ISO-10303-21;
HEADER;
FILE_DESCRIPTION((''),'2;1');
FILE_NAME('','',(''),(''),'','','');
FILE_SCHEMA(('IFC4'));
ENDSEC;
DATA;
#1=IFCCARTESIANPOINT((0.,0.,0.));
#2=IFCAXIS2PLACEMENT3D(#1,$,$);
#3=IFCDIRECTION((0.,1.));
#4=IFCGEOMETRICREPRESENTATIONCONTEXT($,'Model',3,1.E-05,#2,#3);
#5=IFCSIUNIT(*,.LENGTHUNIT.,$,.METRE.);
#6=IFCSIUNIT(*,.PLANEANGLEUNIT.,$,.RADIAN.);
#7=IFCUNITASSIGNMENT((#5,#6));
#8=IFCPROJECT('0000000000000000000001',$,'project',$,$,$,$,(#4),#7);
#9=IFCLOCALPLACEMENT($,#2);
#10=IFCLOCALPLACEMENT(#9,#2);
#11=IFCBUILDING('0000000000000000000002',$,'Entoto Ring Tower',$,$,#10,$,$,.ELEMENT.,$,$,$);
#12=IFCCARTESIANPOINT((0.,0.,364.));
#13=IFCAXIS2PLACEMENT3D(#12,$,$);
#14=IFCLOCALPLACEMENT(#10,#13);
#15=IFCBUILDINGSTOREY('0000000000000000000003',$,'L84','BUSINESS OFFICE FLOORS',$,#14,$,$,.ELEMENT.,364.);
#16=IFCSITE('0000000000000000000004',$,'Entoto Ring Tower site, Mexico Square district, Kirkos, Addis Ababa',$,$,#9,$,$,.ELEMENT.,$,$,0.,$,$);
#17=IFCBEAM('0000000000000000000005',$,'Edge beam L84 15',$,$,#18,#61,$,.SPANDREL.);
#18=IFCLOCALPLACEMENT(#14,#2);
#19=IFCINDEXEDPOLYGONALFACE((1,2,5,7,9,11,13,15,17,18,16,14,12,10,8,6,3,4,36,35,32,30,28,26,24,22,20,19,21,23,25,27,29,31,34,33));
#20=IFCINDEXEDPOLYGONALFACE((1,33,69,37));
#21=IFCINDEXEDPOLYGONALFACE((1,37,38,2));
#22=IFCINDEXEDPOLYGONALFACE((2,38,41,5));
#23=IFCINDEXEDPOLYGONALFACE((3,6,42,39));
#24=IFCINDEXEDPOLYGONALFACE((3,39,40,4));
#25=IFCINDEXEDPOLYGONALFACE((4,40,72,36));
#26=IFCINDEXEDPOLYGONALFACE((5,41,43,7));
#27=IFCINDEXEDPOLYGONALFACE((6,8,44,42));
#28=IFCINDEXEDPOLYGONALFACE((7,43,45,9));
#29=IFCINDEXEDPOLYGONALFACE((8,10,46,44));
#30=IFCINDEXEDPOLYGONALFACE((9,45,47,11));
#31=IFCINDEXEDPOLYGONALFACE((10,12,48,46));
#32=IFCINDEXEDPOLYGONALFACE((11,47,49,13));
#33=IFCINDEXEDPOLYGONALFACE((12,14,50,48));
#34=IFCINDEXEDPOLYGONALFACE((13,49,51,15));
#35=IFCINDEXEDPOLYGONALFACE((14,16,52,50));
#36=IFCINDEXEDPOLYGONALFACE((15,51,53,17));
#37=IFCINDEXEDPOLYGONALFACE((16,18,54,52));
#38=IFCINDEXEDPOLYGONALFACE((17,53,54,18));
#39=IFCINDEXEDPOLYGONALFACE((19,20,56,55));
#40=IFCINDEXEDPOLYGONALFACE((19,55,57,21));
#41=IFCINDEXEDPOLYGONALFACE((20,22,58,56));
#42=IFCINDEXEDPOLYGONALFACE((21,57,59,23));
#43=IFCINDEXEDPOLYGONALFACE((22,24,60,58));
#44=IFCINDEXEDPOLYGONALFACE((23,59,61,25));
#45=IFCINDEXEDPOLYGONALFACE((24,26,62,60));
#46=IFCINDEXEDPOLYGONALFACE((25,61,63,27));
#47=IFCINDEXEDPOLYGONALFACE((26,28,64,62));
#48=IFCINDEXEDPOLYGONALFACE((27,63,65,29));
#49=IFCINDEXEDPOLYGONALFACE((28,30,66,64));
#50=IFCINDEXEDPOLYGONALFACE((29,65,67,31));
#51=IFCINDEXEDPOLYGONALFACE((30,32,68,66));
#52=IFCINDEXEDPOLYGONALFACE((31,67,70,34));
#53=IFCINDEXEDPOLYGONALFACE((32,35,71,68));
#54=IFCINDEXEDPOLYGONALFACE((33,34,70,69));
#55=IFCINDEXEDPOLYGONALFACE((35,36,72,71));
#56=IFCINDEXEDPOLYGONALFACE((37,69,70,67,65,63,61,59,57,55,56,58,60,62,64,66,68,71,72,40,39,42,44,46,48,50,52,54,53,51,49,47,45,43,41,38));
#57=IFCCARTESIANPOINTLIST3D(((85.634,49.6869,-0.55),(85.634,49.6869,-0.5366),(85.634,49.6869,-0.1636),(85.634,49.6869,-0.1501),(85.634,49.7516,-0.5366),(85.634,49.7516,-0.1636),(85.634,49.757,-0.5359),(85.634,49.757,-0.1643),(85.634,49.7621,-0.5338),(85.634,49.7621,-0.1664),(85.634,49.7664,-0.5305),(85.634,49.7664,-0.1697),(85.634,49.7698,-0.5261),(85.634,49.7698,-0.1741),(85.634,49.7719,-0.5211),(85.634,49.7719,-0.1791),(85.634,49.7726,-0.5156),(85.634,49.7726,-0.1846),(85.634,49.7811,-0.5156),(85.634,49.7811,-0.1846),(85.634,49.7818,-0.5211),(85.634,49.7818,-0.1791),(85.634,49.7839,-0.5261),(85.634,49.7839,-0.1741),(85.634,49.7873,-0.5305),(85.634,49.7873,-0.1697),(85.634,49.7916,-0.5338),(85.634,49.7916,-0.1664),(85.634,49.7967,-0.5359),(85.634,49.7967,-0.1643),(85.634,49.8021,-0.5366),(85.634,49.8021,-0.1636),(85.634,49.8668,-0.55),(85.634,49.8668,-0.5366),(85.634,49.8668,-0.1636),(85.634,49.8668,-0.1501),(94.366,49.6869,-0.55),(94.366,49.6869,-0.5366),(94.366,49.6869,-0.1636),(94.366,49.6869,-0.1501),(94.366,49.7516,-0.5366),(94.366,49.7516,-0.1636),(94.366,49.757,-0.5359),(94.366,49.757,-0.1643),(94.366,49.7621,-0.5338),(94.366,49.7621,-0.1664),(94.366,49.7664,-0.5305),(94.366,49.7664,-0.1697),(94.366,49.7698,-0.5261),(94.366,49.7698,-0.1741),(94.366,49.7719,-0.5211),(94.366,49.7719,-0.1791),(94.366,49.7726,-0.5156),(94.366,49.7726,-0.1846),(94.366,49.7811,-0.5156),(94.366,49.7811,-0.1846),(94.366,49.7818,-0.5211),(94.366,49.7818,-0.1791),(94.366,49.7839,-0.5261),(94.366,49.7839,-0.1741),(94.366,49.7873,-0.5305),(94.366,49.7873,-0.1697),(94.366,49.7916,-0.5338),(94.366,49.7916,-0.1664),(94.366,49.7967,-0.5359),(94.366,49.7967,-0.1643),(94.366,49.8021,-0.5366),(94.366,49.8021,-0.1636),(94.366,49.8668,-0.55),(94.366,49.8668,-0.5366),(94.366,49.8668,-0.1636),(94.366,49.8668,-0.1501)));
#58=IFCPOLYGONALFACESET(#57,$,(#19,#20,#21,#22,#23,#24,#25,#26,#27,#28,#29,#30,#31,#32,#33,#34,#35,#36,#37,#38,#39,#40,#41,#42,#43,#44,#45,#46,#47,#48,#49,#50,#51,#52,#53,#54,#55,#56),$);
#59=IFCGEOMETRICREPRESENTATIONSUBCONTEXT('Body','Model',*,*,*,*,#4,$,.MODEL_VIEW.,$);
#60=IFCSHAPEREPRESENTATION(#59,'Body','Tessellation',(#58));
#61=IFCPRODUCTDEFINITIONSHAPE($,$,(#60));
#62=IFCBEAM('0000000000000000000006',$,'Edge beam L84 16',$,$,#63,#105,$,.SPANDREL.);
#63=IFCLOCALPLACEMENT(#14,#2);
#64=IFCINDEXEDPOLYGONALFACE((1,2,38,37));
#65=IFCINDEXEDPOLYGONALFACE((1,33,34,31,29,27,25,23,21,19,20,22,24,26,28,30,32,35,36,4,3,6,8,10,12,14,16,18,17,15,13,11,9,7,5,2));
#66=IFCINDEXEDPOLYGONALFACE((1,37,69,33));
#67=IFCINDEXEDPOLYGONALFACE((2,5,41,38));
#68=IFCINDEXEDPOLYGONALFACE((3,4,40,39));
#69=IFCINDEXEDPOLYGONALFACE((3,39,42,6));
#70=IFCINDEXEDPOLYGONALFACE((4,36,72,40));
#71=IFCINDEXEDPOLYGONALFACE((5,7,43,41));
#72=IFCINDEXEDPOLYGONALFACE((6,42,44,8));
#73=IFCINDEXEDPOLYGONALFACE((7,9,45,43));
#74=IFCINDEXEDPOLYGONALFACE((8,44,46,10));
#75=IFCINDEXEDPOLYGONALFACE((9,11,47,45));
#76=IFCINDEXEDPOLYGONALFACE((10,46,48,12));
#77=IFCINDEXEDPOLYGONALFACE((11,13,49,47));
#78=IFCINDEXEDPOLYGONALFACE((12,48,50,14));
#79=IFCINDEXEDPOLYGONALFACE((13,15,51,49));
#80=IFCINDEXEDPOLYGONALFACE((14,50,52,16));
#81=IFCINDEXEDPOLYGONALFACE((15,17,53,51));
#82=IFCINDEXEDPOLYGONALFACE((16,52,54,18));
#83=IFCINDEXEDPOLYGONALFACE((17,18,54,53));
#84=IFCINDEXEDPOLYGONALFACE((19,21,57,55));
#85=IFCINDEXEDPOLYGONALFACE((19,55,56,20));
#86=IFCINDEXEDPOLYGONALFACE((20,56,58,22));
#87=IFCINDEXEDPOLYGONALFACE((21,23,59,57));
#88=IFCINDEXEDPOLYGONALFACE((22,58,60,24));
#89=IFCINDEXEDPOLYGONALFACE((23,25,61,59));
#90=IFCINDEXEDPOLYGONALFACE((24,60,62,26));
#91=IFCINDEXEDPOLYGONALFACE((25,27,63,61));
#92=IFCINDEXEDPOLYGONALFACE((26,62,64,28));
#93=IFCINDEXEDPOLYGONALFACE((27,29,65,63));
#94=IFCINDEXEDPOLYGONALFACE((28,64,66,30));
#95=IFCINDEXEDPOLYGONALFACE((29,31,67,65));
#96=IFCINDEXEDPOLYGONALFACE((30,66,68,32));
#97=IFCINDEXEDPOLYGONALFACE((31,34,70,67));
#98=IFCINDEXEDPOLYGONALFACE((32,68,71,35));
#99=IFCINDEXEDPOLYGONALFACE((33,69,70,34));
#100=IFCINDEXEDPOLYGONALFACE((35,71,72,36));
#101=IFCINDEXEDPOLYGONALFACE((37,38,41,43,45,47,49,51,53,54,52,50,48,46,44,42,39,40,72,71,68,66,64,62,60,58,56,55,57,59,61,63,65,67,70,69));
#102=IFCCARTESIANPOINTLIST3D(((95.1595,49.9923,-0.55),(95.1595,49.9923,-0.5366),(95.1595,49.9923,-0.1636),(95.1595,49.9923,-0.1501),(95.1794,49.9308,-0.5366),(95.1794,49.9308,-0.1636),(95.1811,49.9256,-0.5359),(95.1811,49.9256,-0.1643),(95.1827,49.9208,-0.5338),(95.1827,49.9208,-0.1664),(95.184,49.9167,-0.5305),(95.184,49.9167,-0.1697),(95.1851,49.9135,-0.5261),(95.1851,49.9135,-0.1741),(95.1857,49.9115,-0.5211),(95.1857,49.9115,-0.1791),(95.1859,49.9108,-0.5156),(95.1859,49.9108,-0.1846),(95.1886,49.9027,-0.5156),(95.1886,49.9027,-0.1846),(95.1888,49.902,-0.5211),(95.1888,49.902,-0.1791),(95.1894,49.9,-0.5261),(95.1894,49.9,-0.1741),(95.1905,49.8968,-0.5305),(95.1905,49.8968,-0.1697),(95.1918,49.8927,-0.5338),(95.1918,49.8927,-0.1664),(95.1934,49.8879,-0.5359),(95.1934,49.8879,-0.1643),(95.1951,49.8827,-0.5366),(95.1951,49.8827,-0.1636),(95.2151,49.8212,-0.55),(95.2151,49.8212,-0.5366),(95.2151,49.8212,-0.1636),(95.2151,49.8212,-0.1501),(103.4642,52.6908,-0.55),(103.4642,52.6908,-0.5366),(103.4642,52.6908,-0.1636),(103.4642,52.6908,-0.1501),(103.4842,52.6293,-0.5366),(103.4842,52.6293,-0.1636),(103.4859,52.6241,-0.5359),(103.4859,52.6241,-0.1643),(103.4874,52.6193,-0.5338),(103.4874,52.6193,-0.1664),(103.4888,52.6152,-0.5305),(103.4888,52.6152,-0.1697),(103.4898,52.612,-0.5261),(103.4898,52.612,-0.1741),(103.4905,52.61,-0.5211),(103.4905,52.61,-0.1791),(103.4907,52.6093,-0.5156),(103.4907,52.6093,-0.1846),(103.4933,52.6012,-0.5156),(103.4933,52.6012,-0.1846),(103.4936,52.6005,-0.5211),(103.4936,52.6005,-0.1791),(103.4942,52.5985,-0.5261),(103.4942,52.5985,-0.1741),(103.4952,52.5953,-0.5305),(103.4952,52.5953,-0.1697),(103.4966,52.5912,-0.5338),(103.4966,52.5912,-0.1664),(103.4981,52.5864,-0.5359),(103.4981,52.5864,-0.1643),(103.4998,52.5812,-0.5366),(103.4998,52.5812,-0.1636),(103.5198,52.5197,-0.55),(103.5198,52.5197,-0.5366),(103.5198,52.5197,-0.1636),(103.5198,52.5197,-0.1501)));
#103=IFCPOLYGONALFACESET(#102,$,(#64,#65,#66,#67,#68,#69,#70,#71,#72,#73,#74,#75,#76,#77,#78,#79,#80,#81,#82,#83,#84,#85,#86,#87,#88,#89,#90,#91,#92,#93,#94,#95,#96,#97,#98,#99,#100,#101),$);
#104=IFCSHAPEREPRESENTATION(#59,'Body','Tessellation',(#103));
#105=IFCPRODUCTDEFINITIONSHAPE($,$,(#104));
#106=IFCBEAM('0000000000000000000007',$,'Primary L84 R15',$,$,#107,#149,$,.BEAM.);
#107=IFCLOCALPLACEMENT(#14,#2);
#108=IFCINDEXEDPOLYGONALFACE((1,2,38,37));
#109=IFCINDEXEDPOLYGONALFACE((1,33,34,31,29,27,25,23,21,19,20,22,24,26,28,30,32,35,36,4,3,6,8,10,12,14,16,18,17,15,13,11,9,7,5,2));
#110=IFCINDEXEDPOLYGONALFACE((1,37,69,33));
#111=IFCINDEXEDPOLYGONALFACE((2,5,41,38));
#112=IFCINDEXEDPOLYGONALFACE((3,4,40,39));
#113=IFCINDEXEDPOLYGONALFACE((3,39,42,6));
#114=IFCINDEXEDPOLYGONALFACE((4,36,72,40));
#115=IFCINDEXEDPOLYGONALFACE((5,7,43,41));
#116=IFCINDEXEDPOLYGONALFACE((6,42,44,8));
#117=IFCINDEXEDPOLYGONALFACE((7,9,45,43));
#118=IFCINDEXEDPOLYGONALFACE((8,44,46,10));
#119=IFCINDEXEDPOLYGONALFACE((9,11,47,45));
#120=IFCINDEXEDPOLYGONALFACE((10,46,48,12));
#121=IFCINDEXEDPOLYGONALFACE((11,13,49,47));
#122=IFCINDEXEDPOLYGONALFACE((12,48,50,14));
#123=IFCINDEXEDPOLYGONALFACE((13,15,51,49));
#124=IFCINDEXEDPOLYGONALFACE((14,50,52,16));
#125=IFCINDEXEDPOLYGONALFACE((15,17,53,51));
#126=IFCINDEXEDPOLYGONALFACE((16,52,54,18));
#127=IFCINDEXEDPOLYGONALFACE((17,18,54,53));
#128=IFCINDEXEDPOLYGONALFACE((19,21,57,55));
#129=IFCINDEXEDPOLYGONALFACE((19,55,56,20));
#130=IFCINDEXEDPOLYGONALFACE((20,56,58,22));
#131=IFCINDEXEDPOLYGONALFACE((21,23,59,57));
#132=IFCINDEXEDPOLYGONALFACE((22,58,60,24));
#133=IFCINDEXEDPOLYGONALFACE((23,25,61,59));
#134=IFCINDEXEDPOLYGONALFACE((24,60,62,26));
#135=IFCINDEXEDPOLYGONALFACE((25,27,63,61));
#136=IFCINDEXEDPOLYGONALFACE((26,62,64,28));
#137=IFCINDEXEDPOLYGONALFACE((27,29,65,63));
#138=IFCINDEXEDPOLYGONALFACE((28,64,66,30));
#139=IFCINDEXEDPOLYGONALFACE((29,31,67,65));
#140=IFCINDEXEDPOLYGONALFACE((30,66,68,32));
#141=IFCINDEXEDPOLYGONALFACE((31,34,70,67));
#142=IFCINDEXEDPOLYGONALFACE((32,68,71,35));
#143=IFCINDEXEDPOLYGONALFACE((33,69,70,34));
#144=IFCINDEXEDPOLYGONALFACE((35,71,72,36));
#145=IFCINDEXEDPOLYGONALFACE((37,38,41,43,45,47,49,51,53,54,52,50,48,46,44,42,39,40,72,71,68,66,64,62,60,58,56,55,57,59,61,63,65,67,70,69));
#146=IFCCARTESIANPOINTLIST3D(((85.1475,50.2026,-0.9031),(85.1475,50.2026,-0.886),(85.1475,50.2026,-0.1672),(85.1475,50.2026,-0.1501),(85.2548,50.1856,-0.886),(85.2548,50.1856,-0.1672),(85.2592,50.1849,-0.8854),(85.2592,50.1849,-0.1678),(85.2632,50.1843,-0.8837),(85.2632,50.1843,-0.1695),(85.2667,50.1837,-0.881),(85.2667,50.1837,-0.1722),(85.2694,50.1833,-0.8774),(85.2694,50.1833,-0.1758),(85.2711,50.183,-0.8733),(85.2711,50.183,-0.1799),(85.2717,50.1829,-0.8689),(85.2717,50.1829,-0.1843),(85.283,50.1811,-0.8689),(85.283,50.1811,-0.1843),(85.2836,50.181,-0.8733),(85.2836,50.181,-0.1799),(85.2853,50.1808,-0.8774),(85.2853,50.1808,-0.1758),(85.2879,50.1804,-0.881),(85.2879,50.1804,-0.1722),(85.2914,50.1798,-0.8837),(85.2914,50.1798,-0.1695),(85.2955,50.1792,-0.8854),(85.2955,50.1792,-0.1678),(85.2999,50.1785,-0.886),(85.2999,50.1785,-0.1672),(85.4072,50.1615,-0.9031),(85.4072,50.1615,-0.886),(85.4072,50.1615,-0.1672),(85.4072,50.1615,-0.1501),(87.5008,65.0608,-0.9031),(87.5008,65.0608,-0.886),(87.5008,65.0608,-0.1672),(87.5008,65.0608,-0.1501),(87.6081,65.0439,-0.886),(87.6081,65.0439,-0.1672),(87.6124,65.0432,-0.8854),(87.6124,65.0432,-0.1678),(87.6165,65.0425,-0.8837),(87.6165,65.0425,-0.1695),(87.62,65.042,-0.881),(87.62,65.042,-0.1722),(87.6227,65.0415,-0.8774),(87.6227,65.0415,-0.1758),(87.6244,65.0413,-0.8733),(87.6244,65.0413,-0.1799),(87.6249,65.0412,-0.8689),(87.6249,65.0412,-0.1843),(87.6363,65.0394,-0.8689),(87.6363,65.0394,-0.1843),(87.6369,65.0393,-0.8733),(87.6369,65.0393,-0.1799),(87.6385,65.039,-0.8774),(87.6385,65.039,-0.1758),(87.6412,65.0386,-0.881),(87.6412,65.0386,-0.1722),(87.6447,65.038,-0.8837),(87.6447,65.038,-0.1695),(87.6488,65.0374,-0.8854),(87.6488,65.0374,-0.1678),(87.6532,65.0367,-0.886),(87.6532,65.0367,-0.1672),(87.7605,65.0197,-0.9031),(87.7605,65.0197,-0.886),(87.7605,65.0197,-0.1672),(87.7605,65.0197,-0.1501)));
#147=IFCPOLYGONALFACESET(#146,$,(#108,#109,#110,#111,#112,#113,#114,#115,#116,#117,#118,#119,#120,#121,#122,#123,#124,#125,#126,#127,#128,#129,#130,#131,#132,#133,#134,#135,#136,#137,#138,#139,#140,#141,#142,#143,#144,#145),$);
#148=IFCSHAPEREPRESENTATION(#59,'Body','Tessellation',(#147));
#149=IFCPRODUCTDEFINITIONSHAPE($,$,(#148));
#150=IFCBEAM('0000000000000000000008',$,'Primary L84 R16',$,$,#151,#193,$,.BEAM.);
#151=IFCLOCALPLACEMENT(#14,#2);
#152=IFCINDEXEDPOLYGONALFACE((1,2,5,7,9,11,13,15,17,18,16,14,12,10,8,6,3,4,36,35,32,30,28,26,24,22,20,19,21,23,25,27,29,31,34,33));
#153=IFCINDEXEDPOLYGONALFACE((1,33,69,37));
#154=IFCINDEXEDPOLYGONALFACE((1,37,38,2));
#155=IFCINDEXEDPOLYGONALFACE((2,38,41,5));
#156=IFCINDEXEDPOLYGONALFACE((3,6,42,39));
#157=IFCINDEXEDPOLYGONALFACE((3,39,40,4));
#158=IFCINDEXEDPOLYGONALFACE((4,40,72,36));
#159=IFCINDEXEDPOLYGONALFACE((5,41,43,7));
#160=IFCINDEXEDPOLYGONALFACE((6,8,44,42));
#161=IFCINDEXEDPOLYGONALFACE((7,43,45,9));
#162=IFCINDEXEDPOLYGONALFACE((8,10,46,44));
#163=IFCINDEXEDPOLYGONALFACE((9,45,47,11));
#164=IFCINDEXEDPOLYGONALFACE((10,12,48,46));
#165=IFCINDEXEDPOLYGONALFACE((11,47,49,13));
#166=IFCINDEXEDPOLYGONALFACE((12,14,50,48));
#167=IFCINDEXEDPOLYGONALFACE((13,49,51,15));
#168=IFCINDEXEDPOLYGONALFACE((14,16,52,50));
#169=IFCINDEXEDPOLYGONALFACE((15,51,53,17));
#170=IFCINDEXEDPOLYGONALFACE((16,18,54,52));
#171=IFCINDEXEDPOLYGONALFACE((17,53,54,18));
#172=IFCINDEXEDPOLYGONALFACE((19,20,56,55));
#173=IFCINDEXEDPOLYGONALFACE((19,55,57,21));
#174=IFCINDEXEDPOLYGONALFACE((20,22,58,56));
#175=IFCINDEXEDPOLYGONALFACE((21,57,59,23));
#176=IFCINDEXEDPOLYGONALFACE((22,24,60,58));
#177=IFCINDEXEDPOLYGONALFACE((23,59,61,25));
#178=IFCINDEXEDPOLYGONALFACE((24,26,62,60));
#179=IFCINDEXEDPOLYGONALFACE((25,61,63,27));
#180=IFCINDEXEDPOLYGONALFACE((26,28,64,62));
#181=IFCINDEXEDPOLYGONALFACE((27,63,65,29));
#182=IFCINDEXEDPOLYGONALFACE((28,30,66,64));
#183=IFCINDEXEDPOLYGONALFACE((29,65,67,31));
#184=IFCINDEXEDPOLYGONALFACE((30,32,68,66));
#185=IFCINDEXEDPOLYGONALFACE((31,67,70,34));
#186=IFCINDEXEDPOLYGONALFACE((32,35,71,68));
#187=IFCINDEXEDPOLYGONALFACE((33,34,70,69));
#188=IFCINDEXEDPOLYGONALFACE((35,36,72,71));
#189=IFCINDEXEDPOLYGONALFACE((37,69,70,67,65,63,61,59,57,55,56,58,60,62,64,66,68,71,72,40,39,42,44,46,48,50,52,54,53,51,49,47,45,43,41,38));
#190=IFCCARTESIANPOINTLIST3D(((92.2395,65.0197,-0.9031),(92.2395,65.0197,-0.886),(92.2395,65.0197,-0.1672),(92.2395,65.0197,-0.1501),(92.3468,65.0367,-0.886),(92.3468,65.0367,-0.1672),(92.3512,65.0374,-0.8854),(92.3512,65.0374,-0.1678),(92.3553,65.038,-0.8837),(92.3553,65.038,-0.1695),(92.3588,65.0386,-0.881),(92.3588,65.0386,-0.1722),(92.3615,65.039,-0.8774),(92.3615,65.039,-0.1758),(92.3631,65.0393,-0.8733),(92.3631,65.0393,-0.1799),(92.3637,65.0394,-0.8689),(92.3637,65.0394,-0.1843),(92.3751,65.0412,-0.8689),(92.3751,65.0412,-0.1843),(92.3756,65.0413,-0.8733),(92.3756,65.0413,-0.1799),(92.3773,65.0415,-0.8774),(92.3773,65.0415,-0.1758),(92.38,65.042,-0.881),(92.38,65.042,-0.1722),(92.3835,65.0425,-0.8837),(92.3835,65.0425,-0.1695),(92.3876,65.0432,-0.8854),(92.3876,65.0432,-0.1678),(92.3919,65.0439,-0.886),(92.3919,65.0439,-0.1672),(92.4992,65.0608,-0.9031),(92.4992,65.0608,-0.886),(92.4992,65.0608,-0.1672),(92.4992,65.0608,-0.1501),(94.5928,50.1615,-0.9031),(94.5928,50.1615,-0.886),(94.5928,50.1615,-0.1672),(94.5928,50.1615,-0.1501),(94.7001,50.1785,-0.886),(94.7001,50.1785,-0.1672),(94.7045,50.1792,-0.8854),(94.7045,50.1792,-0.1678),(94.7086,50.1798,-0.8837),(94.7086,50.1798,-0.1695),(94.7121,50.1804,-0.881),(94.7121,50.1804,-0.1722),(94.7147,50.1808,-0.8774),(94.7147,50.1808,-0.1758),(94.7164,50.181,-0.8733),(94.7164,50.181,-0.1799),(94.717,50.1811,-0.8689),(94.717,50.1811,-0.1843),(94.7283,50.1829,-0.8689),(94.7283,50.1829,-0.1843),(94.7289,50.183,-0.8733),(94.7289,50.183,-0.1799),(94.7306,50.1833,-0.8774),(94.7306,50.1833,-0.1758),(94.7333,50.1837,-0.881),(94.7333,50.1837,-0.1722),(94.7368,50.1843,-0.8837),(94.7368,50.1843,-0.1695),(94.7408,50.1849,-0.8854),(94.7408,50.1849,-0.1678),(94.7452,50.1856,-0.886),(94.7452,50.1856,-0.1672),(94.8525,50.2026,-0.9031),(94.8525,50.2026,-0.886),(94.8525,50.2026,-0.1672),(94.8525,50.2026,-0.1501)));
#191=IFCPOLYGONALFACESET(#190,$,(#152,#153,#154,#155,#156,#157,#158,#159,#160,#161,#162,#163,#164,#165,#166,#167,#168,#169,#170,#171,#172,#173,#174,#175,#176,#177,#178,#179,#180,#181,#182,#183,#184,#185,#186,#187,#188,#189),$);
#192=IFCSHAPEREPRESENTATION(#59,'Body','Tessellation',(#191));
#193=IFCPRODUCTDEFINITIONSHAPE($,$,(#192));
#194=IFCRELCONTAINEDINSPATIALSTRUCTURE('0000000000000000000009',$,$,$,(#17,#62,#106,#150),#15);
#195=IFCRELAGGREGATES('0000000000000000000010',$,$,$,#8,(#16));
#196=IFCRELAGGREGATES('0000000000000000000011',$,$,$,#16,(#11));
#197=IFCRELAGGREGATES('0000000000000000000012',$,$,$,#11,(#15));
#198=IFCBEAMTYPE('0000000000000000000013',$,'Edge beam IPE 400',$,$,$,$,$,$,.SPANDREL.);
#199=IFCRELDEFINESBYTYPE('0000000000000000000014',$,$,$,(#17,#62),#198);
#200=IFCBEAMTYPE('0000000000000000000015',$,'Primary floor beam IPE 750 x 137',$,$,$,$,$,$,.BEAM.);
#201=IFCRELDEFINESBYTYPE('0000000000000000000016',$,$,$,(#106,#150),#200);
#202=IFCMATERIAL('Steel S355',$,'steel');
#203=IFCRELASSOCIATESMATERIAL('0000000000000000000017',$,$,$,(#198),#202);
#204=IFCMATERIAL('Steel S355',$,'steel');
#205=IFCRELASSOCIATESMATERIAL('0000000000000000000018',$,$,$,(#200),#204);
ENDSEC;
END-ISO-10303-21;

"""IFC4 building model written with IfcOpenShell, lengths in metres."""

from ifc_helpers import new_model, si_unit, direction, frame, origin, origin_2d, place, context, subcontext, project, spatial, i_section, extrude, material, material_profile, profile_set, type_object, element, save


model = new_model("IFC4")

# Units and contexts
model_context = context("Model", 3, precision=1e-05, world=origin(), true_north=direction((0.0, 1.0)))
body_context = subcontext(model_context, "Body", "Model", "MODEL_VIEW")
ifc_project = project(units=[si_unit("LENGTHUNIT", "METRE"), si_unit("PLANEANGLEUNIT", "RADIAN")], contexts=[model_context])

# Site, building, storey
site_placement = place(None, origin())
site = spatial("IfcSite", under=ifc_project, at=site_placement, Name="Entoto Ring Tower site, Mexico Square district, Kirkos, Addis Ababa", CompositionType="ELEMENT", RefElevation=0.0)
building_placement = place(site_placement, origin())
building = spatial("IfcBuilding", under=site, at=building_placement, Name="Entoto Ring Tower", CompositionType="ELEMENT")
storey_placement = place(building_placement, frame((0.0, 0.0, 364.0)))
storey = spatial("IfcBuildingStorey", under=building, at=storey_placement, Name="L84", Description="BUSINESS OFFICE FLOORS", CompositionType="ELEMENT", Elevation=364.0)

# Beams
ifc_material_1 = material(Name="Steel S355", Category="steel")
ifc_material_profile_1 = material_profile(ifc_material_1, i_section(OverallWidth=0.1799, OverallDepth=0.3999, WebThickness=0.0085, FlangeThickness=0.0134, FilletRadius=0.021, at=origin_2d()), Name="IPE 400")
ifc_profile_set_1 = profile_set([ifc_material_profile_1], Name="Steel S355")
beam_type_1 = type_object("IfcBeamType", Name="Edge beam IPE 400", PredefinedType="SPANDREL", material=ifc_profile_set_1)
beam_1_placement = place(storey_placement, frame((85.634, 49.7769, -0.3501), z_axis=(1.0, 0.0, 0.0), x_axis=(0.0, 1.0, 0.0)))
element("IfcBeam", 1, at=beam_1_placement, inside=storey, type_object=beam_type_1, Name="Edge beam L84 15", PredefinedType="SPANDREL", context=body_context, shape_type="SweptSolid", body=[
    extrude(i_section(OverallWidth=0.1799, OverallDepth=0.3999, WebThickness=0.0085, FlangeThickness=0.0134, FilletRadius=0.021, at=origin_2d()), origin(), (0.0, 0.0, 1.0), 8.7319),
])
beam_2_placement = place(storey_placement, frame((95.1873, 49.9067, -0.3501), z_axis=(0.951052, 0.30903, 0.0), x_axis=(-0.30903, 0.951052, 0.0)))
element("IfcBeam", 2, at=beam_2_placement, inside=storey, type_object=beam_type_1, Name="Edge beam L84 16", PredefinedType="SPANDREL", context=body_context, shape_type="SweptSolid", body=[
    extrude(i_section(OverallWidth=0.1799, OverallDepth=0.3999, WebThickness=0.0085, FlangeThickness=0.0134, FilletRadius=0.021, at=origin_2d()), origin(), (0.0, 0.0, 1.0), 8.7322),
])
ifc_material_2 = material(Name="Steel S355", Category="steel")
ifc_material_profile_2 = material_profile(ifc_material_2, i_section(OverallWidth=0.2629, OverallDepth=0.7529, WebThickness=0.0115, FlangeThickness=0.0171, FilletRadius=0.0171, at=origin_2d()), Name="IPE 750 x 137")
ifc_profile_set_2 = profile_set([ifc_material_profile_2], Name="Steel S355")
beam_type_2 = type_object("IfcBeamType", Name="Primary floor beam IPE 750 x 137", PredefinedType="BEAM", material=ifc_profile_set_2)
for number, where, z_axis, x_axis, name in (
    (3, (87.6306, 65.0403, -0.5266), (-0.156433, -0.987689, 0.0), (0.987689, -0.156433, 0.0), "Primary L84 R15"),
    (4, (92.3694, 65.0403, -0.5266), (0.156433, -0.987689, 0.0), (0.987689, 0.156433, 0.0), "Primary L84 R16"),
):
    element("IfcBeam", number, at=place(storey_placement, frame(where, z_axis=z_axis, x_axis=x_axis)), inside=storey, type_object=beam_type_2, Name=name, PredefinedType="BEAM", context=body_context, shape_type="SweptSolid", body=[
        extrude(i_section(OverallWidth=0.2629, OverallDepth=0.7529, WebThickness=0.0115, FlangeThickness=0.0171, FilletRadius=0.0171, at=origin_2d()), origin(), (0.0, 0.0, 1.0), 15.0435),
    ])

save(model, "model.ifc")
